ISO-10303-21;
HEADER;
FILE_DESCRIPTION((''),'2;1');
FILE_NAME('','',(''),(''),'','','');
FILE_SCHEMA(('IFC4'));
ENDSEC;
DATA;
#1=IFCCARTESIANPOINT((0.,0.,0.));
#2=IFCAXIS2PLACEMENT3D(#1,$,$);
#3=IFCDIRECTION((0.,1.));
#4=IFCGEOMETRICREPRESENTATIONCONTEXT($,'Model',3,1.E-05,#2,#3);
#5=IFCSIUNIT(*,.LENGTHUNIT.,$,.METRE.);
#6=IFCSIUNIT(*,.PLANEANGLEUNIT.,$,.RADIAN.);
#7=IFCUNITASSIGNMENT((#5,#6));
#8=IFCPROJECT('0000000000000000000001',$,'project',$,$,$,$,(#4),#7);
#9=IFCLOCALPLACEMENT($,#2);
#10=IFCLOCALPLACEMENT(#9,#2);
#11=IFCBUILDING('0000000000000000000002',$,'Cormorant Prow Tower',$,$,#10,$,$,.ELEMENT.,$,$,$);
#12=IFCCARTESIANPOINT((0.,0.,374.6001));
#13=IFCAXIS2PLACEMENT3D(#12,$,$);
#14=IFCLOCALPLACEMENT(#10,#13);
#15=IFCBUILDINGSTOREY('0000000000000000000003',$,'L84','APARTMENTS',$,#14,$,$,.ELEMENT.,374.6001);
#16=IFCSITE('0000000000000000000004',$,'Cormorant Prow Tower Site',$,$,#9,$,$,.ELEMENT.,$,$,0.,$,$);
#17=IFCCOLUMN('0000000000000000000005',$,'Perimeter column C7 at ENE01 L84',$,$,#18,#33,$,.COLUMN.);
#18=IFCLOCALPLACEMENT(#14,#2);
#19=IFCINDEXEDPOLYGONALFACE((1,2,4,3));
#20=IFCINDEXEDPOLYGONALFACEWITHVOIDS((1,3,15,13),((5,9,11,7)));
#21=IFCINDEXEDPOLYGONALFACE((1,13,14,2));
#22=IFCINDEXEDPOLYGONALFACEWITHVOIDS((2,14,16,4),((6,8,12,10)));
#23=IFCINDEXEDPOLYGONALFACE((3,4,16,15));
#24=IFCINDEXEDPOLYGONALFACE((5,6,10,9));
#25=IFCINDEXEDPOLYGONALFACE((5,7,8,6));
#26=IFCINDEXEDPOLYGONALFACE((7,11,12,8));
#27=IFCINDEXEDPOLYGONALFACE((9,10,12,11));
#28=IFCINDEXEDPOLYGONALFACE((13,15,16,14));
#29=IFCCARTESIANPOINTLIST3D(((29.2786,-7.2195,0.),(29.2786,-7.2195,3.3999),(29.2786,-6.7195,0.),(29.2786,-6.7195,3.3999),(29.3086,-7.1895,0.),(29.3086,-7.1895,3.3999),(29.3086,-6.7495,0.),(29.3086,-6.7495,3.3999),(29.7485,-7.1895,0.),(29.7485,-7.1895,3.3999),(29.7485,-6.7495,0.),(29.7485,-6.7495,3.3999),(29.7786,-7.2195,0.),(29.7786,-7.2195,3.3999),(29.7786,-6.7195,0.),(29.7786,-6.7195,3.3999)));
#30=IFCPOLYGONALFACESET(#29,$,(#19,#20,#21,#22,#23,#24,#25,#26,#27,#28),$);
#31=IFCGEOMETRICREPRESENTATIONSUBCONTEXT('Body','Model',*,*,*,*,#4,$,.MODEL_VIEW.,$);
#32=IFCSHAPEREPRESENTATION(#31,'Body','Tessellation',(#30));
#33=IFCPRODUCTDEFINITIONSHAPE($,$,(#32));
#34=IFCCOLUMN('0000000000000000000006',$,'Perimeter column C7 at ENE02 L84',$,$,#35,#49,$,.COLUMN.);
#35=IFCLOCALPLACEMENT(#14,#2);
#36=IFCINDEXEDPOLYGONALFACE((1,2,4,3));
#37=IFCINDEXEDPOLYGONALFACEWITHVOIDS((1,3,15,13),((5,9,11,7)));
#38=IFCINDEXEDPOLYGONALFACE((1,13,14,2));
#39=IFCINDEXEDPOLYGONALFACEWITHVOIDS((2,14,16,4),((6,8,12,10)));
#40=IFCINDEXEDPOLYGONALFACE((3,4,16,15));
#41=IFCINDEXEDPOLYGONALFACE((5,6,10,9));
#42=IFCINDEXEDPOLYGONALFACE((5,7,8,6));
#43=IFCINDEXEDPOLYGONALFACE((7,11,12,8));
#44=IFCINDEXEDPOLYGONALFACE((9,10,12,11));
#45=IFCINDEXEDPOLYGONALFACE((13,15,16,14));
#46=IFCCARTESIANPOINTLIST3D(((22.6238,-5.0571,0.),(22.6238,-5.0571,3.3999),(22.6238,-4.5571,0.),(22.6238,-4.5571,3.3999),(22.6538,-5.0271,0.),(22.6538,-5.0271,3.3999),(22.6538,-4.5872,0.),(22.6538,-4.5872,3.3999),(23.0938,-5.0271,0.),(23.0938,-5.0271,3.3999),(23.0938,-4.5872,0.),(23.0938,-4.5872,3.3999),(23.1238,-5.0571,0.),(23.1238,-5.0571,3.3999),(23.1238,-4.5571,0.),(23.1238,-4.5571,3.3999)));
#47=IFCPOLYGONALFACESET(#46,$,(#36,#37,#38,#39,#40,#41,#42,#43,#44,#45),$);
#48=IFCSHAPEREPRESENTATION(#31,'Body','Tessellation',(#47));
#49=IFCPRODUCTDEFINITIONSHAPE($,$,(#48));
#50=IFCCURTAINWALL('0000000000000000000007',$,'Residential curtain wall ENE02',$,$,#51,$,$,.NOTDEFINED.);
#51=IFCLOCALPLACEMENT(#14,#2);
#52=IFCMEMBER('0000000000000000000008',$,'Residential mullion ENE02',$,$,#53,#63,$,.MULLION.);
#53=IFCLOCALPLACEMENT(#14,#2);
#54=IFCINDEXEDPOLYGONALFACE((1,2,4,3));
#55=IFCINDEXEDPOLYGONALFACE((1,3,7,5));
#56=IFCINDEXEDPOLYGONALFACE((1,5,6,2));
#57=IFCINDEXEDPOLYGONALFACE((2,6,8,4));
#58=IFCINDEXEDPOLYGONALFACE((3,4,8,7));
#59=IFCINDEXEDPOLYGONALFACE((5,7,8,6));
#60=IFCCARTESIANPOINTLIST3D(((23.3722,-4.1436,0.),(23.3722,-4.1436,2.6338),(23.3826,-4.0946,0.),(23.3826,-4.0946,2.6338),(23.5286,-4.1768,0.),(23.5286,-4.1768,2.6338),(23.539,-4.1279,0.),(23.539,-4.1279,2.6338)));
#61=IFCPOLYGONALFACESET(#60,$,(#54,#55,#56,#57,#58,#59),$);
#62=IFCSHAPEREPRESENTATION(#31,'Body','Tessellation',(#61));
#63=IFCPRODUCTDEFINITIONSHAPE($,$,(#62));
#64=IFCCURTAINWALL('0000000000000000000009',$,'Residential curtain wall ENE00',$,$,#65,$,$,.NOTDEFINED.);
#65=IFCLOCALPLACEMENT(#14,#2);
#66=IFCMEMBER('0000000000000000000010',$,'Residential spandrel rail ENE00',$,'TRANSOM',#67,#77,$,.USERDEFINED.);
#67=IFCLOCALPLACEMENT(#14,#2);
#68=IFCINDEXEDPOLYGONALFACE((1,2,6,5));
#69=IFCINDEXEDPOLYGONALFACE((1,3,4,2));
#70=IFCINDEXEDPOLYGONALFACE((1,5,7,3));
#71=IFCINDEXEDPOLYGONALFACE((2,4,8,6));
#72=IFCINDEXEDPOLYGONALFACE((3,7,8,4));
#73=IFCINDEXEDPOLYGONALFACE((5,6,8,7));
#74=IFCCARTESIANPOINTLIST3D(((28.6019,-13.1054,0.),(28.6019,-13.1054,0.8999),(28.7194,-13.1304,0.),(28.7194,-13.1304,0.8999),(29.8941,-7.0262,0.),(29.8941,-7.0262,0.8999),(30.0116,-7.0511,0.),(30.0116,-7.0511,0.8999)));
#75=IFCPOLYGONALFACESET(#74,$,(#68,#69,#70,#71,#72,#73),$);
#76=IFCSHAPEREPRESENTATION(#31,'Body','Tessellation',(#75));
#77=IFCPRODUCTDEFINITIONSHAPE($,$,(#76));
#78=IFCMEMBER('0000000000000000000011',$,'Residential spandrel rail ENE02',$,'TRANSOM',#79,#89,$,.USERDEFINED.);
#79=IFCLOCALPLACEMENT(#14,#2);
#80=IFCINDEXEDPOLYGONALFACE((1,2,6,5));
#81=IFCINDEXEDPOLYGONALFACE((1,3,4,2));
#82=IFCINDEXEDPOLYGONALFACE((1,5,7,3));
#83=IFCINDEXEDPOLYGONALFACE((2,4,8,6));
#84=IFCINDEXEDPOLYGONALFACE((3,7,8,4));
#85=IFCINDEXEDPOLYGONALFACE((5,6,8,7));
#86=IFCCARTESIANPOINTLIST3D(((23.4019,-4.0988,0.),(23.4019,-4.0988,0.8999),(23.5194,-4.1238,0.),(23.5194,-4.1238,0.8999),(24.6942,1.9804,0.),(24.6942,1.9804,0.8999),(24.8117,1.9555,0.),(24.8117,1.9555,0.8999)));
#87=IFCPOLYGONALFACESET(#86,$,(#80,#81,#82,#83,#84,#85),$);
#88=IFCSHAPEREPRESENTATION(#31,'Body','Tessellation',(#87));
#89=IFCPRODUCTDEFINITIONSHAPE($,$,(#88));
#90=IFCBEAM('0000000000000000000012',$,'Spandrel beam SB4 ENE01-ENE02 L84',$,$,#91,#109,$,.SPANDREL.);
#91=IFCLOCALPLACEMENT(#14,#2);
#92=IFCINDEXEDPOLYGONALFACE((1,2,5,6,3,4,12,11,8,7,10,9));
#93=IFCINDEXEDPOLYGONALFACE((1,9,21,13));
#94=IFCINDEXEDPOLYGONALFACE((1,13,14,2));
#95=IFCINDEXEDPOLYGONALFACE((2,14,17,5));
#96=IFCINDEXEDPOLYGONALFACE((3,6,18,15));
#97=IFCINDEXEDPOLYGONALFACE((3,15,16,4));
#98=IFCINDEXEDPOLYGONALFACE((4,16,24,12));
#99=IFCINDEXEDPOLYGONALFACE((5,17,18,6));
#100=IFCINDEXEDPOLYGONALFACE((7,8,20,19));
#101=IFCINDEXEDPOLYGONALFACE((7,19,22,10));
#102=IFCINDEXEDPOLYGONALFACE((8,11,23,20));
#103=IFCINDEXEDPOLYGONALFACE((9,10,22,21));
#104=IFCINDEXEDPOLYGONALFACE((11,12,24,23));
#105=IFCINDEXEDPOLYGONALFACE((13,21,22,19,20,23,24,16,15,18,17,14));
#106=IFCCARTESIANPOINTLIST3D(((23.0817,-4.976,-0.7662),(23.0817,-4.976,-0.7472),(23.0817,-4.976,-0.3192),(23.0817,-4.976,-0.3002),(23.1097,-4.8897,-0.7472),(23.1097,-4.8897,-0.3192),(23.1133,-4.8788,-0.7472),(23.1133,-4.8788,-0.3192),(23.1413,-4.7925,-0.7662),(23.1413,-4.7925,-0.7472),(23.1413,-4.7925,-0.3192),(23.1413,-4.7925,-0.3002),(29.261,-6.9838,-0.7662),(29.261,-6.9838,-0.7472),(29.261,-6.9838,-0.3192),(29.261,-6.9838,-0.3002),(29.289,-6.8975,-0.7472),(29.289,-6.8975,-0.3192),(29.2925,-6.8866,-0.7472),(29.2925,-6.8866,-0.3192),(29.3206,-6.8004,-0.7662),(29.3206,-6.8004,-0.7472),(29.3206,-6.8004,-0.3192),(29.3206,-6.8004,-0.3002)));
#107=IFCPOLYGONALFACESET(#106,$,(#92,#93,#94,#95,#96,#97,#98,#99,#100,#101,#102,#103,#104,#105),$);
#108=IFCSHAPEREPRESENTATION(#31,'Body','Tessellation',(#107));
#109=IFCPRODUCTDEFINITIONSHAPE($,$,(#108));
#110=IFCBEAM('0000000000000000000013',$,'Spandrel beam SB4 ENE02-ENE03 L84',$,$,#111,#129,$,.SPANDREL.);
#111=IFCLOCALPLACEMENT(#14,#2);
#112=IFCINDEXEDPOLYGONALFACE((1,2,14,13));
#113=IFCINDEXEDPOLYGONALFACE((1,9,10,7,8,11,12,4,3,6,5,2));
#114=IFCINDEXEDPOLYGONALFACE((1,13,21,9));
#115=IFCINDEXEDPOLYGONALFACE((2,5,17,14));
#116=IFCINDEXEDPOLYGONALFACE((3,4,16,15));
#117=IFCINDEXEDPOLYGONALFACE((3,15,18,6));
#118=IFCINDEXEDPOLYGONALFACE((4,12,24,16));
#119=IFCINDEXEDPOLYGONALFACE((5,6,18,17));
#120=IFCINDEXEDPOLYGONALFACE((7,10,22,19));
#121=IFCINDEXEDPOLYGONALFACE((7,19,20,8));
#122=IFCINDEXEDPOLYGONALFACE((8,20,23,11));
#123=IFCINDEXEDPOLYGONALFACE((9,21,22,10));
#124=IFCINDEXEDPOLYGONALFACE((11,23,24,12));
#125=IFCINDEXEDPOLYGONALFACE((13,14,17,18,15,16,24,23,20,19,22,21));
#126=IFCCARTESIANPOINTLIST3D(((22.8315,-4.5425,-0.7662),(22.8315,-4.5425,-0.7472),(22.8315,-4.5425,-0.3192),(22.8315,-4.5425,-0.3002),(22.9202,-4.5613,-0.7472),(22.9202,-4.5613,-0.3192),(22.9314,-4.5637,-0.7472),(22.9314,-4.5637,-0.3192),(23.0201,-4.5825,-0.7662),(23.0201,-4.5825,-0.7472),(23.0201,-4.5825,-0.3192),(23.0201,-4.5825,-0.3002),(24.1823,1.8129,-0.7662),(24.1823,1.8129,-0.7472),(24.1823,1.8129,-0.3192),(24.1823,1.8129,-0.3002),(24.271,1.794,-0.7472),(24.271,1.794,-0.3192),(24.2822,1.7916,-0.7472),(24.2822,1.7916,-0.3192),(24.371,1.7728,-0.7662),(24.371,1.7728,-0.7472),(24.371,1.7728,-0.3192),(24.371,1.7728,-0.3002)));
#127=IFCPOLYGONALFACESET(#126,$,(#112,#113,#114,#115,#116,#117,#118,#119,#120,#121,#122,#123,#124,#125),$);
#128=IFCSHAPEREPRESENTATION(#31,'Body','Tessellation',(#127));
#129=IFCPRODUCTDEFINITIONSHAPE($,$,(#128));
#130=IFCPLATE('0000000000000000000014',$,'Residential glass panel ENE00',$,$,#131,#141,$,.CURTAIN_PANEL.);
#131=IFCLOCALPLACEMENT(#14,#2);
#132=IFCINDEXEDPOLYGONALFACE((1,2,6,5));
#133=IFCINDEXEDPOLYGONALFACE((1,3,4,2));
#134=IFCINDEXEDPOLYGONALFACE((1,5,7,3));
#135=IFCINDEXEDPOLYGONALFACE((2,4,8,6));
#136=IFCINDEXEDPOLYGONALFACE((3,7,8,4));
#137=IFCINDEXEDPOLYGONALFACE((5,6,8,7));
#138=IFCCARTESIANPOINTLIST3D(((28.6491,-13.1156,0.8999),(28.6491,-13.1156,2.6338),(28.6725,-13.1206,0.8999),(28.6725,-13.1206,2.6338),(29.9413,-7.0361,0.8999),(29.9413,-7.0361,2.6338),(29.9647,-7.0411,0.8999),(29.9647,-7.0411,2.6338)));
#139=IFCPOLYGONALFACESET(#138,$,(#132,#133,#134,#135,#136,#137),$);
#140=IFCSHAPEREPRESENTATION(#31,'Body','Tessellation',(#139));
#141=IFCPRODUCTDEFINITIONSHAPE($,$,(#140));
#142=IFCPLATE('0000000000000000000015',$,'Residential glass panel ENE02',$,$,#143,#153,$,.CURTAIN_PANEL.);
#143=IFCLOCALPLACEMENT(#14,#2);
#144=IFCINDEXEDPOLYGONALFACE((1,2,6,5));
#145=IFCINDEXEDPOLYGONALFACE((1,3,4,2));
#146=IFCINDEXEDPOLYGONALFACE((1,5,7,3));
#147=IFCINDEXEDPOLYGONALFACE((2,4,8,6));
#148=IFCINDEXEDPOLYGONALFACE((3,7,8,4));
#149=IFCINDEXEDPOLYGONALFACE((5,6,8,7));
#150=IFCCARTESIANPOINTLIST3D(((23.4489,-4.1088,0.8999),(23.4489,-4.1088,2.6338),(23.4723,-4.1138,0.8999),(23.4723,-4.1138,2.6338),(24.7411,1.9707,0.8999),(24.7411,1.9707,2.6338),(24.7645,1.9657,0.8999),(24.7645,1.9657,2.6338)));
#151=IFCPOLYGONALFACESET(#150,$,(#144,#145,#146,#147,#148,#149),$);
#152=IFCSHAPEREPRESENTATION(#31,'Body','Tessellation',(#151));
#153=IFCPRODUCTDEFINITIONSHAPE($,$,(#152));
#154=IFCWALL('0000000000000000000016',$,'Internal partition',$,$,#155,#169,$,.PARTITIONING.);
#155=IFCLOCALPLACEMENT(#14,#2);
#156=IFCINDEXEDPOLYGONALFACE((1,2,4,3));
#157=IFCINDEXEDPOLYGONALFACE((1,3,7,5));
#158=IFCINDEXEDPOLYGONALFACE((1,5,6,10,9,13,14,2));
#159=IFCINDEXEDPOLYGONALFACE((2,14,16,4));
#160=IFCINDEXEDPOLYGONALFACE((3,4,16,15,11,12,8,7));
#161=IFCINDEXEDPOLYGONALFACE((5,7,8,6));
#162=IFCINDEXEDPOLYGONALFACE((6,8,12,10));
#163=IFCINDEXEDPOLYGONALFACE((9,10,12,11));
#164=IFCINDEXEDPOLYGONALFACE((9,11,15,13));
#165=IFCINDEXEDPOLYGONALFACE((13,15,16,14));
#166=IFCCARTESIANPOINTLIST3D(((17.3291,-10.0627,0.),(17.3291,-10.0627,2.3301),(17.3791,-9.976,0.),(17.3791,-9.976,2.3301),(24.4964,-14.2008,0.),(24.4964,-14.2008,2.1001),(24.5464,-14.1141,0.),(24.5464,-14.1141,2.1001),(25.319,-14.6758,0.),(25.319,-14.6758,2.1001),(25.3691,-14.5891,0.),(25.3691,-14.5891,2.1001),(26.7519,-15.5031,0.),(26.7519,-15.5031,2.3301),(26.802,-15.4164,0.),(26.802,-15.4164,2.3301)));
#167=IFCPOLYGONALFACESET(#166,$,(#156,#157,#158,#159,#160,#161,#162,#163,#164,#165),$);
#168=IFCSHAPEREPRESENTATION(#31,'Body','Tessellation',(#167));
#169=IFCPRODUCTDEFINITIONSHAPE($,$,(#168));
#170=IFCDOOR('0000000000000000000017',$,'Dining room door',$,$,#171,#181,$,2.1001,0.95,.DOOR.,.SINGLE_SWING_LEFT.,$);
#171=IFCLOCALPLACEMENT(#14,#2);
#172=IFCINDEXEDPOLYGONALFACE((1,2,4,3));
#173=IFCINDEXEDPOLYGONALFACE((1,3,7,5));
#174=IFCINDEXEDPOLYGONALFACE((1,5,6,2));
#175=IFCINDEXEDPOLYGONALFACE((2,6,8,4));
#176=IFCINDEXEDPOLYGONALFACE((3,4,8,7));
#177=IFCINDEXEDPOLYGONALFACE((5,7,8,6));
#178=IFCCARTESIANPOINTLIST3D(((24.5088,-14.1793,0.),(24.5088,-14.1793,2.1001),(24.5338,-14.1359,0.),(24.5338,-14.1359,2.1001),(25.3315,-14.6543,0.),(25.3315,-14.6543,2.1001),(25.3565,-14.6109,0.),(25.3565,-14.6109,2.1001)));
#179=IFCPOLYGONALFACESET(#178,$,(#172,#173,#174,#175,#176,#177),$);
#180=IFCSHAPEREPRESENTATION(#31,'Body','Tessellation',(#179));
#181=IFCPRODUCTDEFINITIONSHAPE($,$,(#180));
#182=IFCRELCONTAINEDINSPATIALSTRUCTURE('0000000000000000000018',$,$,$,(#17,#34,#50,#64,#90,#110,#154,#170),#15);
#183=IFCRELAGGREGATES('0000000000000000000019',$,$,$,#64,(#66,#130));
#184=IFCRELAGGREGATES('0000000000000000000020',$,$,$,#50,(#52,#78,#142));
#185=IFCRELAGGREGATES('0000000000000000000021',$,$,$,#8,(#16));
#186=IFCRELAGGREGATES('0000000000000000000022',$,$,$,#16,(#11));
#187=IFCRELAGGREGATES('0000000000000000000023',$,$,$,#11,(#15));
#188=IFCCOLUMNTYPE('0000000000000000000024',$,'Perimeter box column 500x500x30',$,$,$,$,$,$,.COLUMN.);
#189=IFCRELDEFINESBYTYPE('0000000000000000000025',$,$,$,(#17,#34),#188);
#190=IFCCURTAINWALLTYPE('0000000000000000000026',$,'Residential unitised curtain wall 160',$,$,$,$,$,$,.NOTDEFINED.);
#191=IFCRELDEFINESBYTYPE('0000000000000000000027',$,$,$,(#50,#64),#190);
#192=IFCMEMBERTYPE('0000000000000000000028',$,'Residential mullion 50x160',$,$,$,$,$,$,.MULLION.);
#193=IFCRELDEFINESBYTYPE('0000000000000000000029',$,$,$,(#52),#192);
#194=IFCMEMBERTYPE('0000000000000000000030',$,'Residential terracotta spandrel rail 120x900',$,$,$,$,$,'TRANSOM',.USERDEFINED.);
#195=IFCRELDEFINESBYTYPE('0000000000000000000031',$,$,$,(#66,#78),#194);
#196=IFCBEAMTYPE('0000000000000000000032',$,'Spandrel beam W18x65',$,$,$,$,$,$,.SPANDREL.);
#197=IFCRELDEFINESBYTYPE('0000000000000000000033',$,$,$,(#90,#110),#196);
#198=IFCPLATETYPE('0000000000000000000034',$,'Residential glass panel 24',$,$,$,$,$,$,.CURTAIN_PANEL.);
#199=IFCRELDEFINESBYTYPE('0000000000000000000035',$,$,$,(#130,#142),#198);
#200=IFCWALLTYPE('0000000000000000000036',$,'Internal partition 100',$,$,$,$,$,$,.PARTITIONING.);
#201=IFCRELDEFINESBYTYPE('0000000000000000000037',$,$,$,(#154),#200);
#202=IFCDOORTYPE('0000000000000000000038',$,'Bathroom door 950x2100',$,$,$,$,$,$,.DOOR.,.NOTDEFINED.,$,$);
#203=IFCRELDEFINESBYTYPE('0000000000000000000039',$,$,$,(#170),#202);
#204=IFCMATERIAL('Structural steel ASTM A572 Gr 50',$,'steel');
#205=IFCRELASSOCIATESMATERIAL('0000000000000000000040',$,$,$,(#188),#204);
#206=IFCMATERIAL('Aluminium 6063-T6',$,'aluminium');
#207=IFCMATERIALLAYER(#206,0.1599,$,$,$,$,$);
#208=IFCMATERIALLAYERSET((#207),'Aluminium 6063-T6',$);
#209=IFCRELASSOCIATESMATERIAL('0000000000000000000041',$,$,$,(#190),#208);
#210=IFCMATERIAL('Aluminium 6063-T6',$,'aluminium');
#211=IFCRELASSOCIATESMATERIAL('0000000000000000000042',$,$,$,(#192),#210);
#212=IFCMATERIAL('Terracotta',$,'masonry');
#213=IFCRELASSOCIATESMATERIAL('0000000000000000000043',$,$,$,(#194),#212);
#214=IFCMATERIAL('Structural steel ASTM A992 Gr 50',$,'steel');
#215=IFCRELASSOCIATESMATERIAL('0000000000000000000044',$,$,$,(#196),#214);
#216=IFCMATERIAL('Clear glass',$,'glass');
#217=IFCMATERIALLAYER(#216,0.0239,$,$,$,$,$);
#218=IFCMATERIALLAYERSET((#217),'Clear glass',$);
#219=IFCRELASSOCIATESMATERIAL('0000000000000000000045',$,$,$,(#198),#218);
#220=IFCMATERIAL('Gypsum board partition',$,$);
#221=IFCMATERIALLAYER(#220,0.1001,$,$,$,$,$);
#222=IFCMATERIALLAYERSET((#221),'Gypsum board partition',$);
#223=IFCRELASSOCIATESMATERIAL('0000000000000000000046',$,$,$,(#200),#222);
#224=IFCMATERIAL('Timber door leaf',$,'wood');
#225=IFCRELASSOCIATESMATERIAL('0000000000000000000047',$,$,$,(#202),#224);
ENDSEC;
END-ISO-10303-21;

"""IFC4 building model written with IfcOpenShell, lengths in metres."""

from ifc_helpers import new_model, si_unit, direction, frame, frame_2d, origin, origin_2d, place, context, subcontext, project, spatial, rectangle, hollow_rectangle, i_section, extrude, material, layer, layer_set, material_profile, profile_set, type_object, element, fill, aggregate, save


model = new_model("IFC4")

# Units and contexts
model_context = context("Model", 3, precision=1e-05, world=origin(), true_north=direction((0.0, 1.0)))
body_context = subcontext(model_context, "Body", "Model", "MODEL_VIEW")
ifc_project = project(units=[si_unit("LENGTHUNIT", "METRE"), si_unit("PLANEANGLEUNIT", "RADIAN")], contexts=[model_context])

# Site, building, storey
site_placement = place(None, origin())
site = spatial("IfcSite", under=ifc_project, at=site_placement, Name="Cormorant Prow Tower Site", CompositionType="ELEMENT", RefElevation=0.0)
building_placement = place(site_placement, origin())
building = spatial("IfcBuilding", under=site, at=building_placement, Name="Cormorant Prow Tower", CompositionType="ELEMENT")
storey_placement = place(building_placement, frame((0.0, 0.0, 374.6001)))
storey = spatial("IfcBuildingStorey", under=building, at=storey_placement, Name="L84", Description="APARTMENTS", CompositionType="ELEMENT", Elevation=374.6001)

# Columns
ifc_material_1 = material(Name="Structural steel ASTM A572 Gr 50", Category="steel")
ifc_material_profile_1 = material_profile(ifc_material_1, hollow_rectangle(XDim=0.5, YDim=0.5, WallThickness=0.03, at=origin_2d()), Name="Box 500x500x30")
ifc_profile_set_1 = profile_set([ifc_material_profile_1], Name="Structural steel ASTM A572 Gr 50")
column_type = type_object("IfcColumnType", Name="Perimeter box column 500x500x30", PredefinedType="COLUMN", material=ifc_profile_set_1)
for number, where, z_axis, x_axis, name in (
    (1, (29.5286, -6.9695, 0.0), (0.0, 0.0, 1.0), (1.0, 0.0, 0.0), "Perimeter column C7 at ENE01 L84"),
    (2, (22.8738, -4.8071, 0.0), (0.0, 0.0, 1.0), (1.0, 0.0, 0.0), "Perimeter column C7 at ENE02 L84"),
):
    element("IfcColumn", number, at=place(storey_placement, frame(where, z_axis=z_axis, x_axis=x_axis)), inside=storey, type_object=column_type, Name=name, PredefinedType="COLUMN", context=body_context, shape_type="SweptSolid", body=[
        extrude(hollow_rectangle(XDim=0.5, YDim=0.5, WallThickness=0.03, at=origin_2d()), origin(), (0.0, 0.0, 1.0), 3.3999),
    ])

# Curtain walls, members
ifc_material_2 = material(Name="Aluminium 6063-T6", Category="aluminium")
ifc_layer_1 = layer(ifc_material_2, 0.1599)
ifc_layer_set_1 = layer_set([ifc_layer_1], Name="Aluminium 6063-T6")
curtain_wall_type = type_object("IfcCurtainWallType", Name="Residential unitised curtain wall 160", PredefinedType="NOTDEFINED", material=ifc_layer_set_1)
curtain_wall_1_placement = place(storey_placement, origin())
curtain_wall_1 = element("IfcCurtainWall", 3, at=curtain_wall_1_placement, inside=storey, type_object=curtain_wall_type, Name="Residential curtain wall ENE02", PredefinedType="NOTDEFINED")
ifc_material_3 = material(Name="Aluminium 6063-T6", Category="aluminium")
ifc_material_profile_2 = material_profile(ifc_material_3, rectangle(XDim=0.1599, YDim=0.05, at=origin_2d()), Name="Residential mullion 50x160")
ifc_profile_set_2 = profile_set([ifc_material_profile_2], Name="Aluminium 6063-T6")
member_type_1 = type_object("IfcMemberType", Name="Residential mullion 50x160", PredefinedType="MULLION", material=ifc_profile_set_2)
member_1_placement = place(storey_placement, frame((23.4556, -4.1357, 0.0), z_axis=(0.0, 0.0, 1.0), x_axis=(-0.978148, 0.207912, 0.0)))
member_1 = element("IfcMember", 4, at=member_1_placement, type_object=member_type_1, Name="Residential mullion ENE02", PredefinedType="MULLION", context=body_context, shape_type="SweptSolid", body=[
    extrude(rectangle(XDim=0.1599, YDim=0.05, at=origin_2d()), origin(), (0.0, 0.0, 1.0), 2.6338),
])
curtain_wall_2_placement = place(storey_placement, origin())
curtain_wall_2 = element("IfcCurtainWall", 5, at=curtain_wall_2_placement, inside=storey, type_object=curtain_wall_type, Name="Residential curtain wall ENE00", PredefinedType="NOTDEFINED")
ifc_material_4 = material(Name="Terracotta", Category="masonry")
ifc_material_profile_3 = material_profile(ifc_material_4, rectangle(XDim=0.1201, YDim=0.8999, at=origin_2d()), Name="Residential terracotta spandrel rail 120x900")
ifc_profile_set_3 = profile_set([ifc_material_profile_3], Name="Terracotta")
member_type_2 = type_object("IfcMemberType", Name="Residential terracotta spandrel rail 120x900", ElementType="TRANSOM", PredefinedType="USERDEFINED", material=ifc_profile_set_3)
member_2_placement = place(storey_placement, frame((28.6606, -13.1179, 0.45), z_axis=(0.207917, 0.978147, 0.0), x_axis=(-0.978147, 0.207917, 0.0)))
member_2 = element("IfcMember", 6, at=member_2_placement, type_object=member_type_2, Name="Residential spandrel rail ENE00", ObjectType="TRANSOM", PredefinedType="USERDEFINED", context=body_context, shape_type="SweptSolid", body=[
    extrude(rectangle(XDim=0.1201, YDim=0.8999, at=origin_2d()), origin(), (0.0, 0.0, 1.0), 6.2151),
])

# Member
member_3_placement = place(storey_placement, frame((23.4607, -4.1113, 0.45), z_axis=(0.207917, 0.978147, 0.0), x_axis=(-0.978147, 0.207917, 0.0)))
member_3 = element("IfcMember", 7, at=member_3_placement, type_object=member_type_2, Name="Residential spandrel rail ENE02", ObjectType="TRANSOM", PredefinedType="USERDEFINED", context=body_context, shape_type="SweptSolid", body=[
    extrude(rectangle(XDim=0.1201, YDim=0.8999, at=origin_2d()), origin(), (0.0, 0.0, 1.0), 6.2151),
])

# Beams
ifc_material_5 = material(Name="Structural steel ASTM A992 Gr 50", Category="steel")
ifc_material_profile_4 = material_profile(ifc_material_5, i_section(OverallWidth=0.1929, OverallDepth=0.4661, WebThickness=0.0115, FlangeThickness=0.019, at=origin_2d()), Name="W18x65")
ifc_profile_set_4 = profile_set([ifc_material_profile_4], Name="Structural steel ASTM A992 Gr 50")
beam_type = type_object("IfcBeamType", Name="Spandrel beam W18x65", PredefinedType="SPANDREL", material=ifc_profile_set_4)
for number, where, z_axis, x_axis, name in (
    (8, (29.2908, -6.8921, -0.5332), (-0.951053, 0.309027, 0.0), (-0.309027, -0.951053, 0.0), "Spandrel beam SB4 ENE01-ENE02 L84"),
    (9, (22.9258, -4.5625, -0.5332), (0.20791, 0.978148, 0.0), (-0.978148, 0.20791, 0.0), "Spandrel beam SB4 ENE02-ENE03 L84"),
):
    element("IfcBeam", number, at=place(storey_placement, frame(where, z_axis=z_axis, x_axis=x_axis)), inside=storey, type_object=beam_type, Name=name, PredefinedType="SPANDREL", context=body_context, shape_type="SweptSolid", body=[
        extrude(i_section(OverallWidth=0.1929, OverallDepth=0.4661, WebThickness=0.0115, FlangeThickness=0.019, at=origin_2d()), origin(), (0.0, 0.0, 1.0), 6.4973),
    ])

# Plates
ifc_material_6 = material(Name="Clear glass", Category="glass")
ifc_layer_2 = layer(ifc_material_6, 0.0239)
ifc_layer_set_2 = layer_set([ifc_layer_2], Name="Clear glass")
plate_type = type_object("IfcPlateType", Name="Residential glass panel 24", PredefinedType="CURTAIN_PANEL", material=ifc_layer_set_2)
plate_1_placement = place(storey_placement, frame((29.3069, -10.0784, 0.8999), z_axis=(0.0, 0.0, 1.0), x_axis=(0.207912, 0.978148, 0.0)))
plate_1 = element("IfcPlate", 10, at=plate_1_placement, type_object=plate_type, Name="Residential glass panel ENE00", PredefinedType="CURTAIN_PANEL", context=body_context, shape_type="SweptSolid", body=[
    extrude(rectangle(XDim=6.2153, YDim=0.0239, at=origin_2d()), origin(), (0.0, 0.0, 1.0), 1.7339),
])
aggregate(curtain_wall_2, [member_2, plate_1])
plate_2_placement = place(storey_placement, frame((24.1067, -1.0715, 0.8999), z_axis=(0.0, 0.0, 1.0), x_axis=(0.207912, 0.978148, 0.0)))
plate_2 = element("IfcPlate", 11, at=plate_2_placement, type_object=plate_type, Name="Residential glass panel ENE02", PredefinedType="CURTAIN_PANEL", context=body_context, shape_type="SweptSolid", body=[
    extrude(rectangle(XDim=6.2153, YDim=0.0239, at=origin_2d()), origin(), (0.0, 0.0, 1.0), 1.7339),
])
aggregate(curtain_wall_1, [member_1, member_3, plate_2])

# Wall, opening, door
ifc_material_7 = material(Name="Gypsum board partition")
ifc_layer_3 = layer(ifc_material_7, 0.1001)
ifc_layer_set_3 = layer_set([ifc_layer_3], Name="Gypsum board partition")
wall_type_1 = type_object("IfcWallType", Name="Internal partition 100", PredefinedType="PARTITIONING", material=ifc_layer_set_3)
wall_1_placement = place(storey_placement, frame((17.354, -10.0193, 0.0), z_axis=(0.0, 0.0, 1.0), x_axis=(0.86602, -0.50001, 0.0)))
wall_1 = element("IfcWall", 12, at=wall_1_placement, inside=storey, type_object=wall_type_1, Name="Internal partition", PredefinedType="PARTITIONING", context=body_context, shape_type="SweptSolid", body=[
    extrude(rectangle(XDim=10.8806, YDim=0.1001, at=frame_2d((5.4404, 0.0))), origin(), (0.0, 0.0, 1.0), 2.3301),
])
opening_1_placement = place(wall_1_placement, frame((8.2761, 0.0, 0.0)))
opening_1 = element("IfcOpeningElement", 13, at=opening_1_placement, cuts=wall_1, PredefinedType="OPENING", context=body_context, shape_type="SweptSolid", body=[
    extrude(rectangle(XDim=0.95, YDim=2.1001, at=frame_2d((0.4751, 1.05))), frame((0.0, 0.0601, 0.0), z_axis=(0.0, -1.0, 0.0), x_axis=(1.0, 0.0, 0.0)), (0.0, 0.0, 1.0), 0.1201),
])
ifc_material_8 = material(Name="Timber door leaf", Category="wood")
door_type_1 = type_object("IfcDoorType", Name="Bathroom door 950x2100", OperationType="NOTDEFINED", PredefinedType="DOOR", material=ifc_material_8)
door_1_placement = place(opening_1_placement, origin())
door_1 = element("IfcDoor", 14, at=door_1_placement, inside=storey, type_object=door_type_1, Name="Dining room door", OperationType="SINGLE_SWING_LEFT", OverallHeight=2.1001, OverallWidth=0.95, PredefinedType="DOOR", context=body_context, shape_type="SweptSolid", body=[
    extrude(rectangle(XDim=0.95, YDim=2.1001, at=frame_2d((0.4751, 1.05))), frame((0.0, 0.0249, 0.0), z_axis=(0.0, -1.0, 0.0), x_axis=(1.0, 0.0, 0.0)), (0.0, 0.0, 1.0), 0.05),
])
fill(opening_1, door_1)

save(model, "model.ifc")
